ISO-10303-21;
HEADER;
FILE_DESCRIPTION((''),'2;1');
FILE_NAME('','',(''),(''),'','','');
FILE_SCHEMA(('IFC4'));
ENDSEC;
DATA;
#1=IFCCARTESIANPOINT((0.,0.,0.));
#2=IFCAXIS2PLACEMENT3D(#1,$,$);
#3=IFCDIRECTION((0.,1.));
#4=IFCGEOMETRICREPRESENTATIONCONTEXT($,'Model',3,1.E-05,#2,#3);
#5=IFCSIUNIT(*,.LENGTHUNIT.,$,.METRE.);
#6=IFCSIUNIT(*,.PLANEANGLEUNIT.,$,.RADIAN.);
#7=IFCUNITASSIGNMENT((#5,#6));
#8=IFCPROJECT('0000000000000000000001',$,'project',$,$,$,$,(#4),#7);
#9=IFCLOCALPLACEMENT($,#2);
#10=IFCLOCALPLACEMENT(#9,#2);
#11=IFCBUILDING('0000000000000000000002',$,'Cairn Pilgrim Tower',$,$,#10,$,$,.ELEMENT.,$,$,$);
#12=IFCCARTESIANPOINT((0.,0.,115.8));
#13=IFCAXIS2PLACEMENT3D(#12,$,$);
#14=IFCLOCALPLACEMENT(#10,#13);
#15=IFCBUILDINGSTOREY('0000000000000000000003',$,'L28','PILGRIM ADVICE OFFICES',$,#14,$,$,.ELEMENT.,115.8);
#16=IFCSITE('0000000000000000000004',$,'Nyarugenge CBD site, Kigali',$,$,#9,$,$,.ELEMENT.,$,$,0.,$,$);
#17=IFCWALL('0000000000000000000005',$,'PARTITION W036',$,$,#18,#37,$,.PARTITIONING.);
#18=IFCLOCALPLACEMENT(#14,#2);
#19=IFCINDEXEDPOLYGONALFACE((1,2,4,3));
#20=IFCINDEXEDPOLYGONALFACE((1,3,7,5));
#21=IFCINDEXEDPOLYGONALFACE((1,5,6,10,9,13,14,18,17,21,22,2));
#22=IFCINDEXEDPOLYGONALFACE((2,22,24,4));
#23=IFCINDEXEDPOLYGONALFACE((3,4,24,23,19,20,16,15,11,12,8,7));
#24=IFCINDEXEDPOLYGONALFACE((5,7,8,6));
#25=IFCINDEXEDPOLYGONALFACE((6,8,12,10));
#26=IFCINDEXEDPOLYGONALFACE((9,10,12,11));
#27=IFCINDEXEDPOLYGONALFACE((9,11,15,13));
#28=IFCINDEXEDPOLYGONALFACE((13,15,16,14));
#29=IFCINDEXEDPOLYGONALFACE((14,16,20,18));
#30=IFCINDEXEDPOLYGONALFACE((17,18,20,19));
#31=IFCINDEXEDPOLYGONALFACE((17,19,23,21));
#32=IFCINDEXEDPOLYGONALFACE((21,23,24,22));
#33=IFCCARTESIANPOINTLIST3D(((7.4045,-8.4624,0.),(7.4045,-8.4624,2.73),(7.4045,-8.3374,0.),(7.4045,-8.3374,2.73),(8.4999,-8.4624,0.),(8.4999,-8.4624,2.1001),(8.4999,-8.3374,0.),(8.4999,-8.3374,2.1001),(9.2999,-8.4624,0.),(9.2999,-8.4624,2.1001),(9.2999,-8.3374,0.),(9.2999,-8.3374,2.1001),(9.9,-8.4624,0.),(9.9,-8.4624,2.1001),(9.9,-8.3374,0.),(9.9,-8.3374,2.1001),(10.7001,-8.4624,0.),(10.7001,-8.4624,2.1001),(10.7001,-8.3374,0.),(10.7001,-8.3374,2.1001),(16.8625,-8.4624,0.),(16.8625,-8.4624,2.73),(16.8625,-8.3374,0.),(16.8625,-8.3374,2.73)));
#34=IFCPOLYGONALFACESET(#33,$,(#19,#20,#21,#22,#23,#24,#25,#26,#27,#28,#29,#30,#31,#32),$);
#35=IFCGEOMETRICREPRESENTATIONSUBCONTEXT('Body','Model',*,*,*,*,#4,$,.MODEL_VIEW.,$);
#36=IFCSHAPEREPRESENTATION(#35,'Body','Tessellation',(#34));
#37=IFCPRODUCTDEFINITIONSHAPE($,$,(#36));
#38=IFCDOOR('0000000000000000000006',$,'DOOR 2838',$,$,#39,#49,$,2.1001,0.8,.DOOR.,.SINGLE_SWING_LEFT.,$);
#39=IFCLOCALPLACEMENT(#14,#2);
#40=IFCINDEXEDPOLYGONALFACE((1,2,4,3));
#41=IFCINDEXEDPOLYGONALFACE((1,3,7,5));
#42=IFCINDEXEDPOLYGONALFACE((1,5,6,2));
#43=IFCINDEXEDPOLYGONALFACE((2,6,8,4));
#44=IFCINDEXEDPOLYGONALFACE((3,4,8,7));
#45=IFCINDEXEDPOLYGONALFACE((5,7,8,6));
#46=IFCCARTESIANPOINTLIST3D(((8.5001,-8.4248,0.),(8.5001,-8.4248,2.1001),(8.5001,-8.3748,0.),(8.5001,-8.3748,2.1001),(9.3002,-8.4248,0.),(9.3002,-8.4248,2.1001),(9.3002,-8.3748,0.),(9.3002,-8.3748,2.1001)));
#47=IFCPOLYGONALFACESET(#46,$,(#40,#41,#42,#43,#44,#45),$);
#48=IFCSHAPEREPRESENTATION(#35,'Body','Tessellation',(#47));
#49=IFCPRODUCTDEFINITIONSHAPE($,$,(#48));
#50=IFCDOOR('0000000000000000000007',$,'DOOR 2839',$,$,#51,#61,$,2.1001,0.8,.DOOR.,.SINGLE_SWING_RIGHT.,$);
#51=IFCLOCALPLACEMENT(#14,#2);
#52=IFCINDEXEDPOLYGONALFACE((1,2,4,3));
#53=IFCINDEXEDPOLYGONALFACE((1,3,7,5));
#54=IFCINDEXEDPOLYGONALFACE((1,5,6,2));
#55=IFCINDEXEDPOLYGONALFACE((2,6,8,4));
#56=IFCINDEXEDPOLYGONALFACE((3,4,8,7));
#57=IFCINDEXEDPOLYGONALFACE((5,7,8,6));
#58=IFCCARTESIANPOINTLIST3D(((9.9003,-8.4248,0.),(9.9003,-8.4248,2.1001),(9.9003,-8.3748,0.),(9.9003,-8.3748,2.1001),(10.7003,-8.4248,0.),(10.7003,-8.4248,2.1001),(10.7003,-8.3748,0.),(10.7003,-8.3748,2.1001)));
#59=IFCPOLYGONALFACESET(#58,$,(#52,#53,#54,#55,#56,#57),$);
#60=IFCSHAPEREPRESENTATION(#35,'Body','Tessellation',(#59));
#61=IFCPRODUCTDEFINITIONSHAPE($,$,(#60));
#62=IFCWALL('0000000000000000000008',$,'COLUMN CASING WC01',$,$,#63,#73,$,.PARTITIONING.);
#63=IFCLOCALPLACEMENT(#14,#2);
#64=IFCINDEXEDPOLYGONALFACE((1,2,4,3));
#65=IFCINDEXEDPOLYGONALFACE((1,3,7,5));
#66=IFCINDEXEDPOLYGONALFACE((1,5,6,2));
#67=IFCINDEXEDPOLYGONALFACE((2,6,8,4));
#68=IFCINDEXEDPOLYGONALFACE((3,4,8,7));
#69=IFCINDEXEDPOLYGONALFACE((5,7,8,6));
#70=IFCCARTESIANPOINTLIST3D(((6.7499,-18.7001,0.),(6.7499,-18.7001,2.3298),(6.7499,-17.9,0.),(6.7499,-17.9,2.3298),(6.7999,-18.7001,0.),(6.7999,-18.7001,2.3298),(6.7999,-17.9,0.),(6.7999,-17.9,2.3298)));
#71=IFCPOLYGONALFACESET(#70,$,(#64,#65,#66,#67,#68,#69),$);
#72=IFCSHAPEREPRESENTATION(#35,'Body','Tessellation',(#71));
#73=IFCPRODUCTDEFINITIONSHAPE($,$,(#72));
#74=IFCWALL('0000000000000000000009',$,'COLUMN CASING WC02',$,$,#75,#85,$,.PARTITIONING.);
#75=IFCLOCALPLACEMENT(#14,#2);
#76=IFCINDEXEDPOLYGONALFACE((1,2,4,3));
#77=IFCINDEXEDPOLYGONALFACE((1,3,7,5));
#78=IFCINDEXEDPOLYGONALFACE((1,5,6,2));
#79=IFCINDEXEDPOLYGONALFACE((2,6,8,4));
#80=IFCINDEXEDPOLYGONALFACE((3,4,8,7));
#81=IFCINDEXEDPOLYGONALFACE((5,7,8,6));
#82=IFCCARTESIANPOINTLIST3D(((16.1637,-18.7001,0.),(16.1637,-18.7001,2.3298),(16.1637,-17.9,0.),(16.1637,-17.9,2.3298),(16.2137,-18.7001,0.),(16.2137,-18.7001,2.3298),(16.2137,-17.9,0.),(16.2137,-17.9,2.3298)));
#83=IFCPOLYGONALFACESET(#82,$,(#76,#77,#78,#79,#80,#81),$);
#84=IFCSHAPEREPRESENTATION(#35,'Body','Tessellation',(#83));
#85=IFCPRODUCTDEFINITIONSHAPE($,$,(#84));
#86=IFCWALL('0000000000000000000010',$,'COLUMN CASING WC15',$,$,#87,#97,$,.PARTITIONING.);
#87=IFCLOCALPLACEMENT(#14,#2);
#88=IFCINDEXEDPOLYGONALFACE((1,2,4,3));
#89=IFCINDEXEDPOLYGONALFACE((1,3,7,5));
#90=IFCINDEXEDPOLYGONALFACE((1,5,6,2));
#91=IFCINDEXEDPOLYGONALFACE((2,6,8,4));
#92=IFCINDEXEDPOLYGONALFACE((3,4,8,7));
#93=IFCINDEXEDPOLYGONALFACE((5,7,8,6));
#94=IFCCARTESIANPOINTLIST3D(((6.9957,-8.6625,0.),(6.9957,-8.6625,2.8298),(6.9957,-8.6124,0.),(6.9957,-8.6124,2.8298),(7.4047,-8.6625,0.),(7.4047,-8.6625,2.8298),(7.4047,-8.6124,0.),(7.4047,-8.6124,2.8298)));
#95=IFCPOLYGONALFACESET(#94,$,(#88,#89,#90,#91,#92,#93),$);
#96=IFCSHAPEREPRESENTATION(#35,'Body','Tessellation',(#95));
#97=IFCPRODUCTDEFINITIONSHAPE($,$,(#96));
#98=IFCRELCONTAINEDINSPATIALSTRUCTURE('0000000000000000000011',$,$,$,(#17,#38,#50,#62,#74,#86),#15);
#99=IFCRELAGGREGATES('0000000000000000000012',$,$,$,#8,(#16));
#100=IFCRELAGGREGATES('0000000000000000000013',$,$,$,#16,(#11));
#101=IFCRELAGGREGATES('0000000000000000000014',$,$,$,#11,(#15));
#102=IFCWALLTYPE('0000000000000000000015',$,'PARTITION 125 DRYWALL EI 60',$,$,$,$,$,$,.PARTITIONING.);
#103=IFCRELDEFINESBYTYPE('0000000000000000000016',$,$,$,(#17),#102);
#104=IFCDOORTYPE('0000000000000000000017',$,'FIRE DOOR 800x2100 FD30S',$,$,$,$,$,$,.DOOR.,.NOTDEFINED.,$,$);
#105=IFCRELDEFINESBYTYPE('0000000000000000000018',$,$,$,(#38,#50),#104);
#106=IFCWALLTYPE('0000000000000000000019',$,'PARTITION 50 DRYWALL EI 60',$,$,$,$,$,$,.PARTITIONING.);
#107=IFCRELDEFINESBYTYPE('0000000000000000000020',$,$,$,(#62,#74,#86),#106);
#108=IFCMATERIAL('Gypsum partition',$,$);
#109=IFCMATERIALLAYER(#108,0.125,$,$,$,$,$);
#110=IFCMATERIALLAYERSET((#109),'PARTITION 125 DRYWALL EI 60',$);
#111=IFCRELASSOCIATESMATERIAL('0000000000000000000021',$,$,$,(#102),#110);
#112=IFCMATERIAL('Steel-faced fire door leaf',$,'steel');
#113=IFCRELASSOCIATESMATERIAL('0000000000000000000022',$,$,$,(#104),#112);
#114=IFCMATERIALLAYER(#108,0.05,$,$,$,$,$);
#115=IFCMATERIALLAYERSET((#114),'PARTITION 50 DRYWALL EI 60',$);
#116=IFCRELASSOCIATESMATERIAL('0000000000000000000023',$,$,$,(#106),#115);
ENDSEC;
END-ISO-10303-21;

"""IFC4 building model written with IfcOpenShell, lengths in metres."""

from ifc_helpers import new_model, si_unit, direction, frame, frame_2d, origin, place, context, subcontext, project, spatial, rectangle, extrude, material, layer, layer_set, type_object, element, fill, save


model = new_model("IFC4")

# Units and contexts
model_context = context("Model", 3, precision=1e-05, world=origin(), true_north=direction((0.0, 1.0)))
body_context = subcontext(model_context, "Body", "Model", "MODEL_VIEW")
ifc_project = project(units=[si_unit("LENGTHUNIT", "METRE"), si_unit("PLANEANGLEUNIT", "RADIAN")], contexts=[model_context])

# Site, building, storey
site_placement = place(None, origin())
site = spatial("IfcSite", under=ifc_project, at=site_placement, Name="Nyarugenge CBD site, Kigali", CompositionType="ELEMENT", RefElevation=0.0)
building_placement = place(site_placement, origin())
building = spatial("IfcBuilding", under=site, at=building_placement, Name="Cairn Pilgrim Tower", CompositionType="ELEMENT")
storey_placement = place(building_placement, frame((0.0, 0.0, 115.8)))
storey = spatial("IfcBuildingStorey", under=building, at=storey_placement, Name="L28", Description="PILGRIM ADVICE OFFICES", CompositionType="ELEMENT", Elevation=115.8)

# Shared definitions
ifc_material_1 = material(Name="Gypsum partition")
ifc_layer_1 = layer(ifc_material_1, 0.125)
ifc_layer_set_1 = layer_set([ifc_layer_1], Name="PARTITION 125 DRYWALL EI 60")
wall_type_1 = type_object("IfcWallType", Name="PARTITION 125 DRYWALL EI 60", PredefinedType="PARTITIONING", material=ifc_layer_set_1)

# Shared definitions
ifc_material_2 = material(Name="Steel-faced fire door leaf", Category="steel")
door_type_1 = type_object("IfcDoorType", Name="FIRE DOOR 800x2100 FD30S", OperationType="NOTDEFINED", PredefinedType="DOOR", material=ifc_material_2)

# Wall, openings, doors
wall_1_placement = place(storey_placement, frame((7.4045, -8.3999, 0.0), z_axis=(0.0, 0.0, 1.0), x_axis=(1.0, 0.0, 0.0)))
wall_1 = element("IfcWall", 1, at=wall_1_placement, inside=storey, type_object=wall_type_1, Name="PARTITION W036", PredefinedType="PARTITIONING", context=body_context, shape_type="SweptSolid", body=[
    extrude(rectangle(XDim=9.458, YDim=0.125, at=frame_2d((4.729, 0.0))), origin(), (0.0, 0.0, 1.0), 2.73),
])
opening_1_placement = place(wall_1_placement, frame((1.0955, 0.0, 0.0)))
opening_1 = element("IfcOpeningElement", 2, at=opening_1_placement, cuts=wall_1, PredefinedType="OPENING", context=body_context, shape_type="SweptSolid", body=[
    extrude(rectangle(XDim=0.8, YDim=2.1001, at=frame_2d((0.3999, 1.05))), frame((0.0, 0.0725, 0.0), z_axis=(0.0, -1.0, 0.0), x_axis=(1.0, 0.0, 0.0)), (0.0, 0.0, 1.0), 0.145),
])
opening_2_placement = place(wall_1_placement, frame((2.4956, 0.0, 0.0)))
opening_2 = element("IfcOpeningElement", 3, at=opening_2_placement, cuts=wall_1, PredefinedType="OPENING", context=body_context, shape_type="SweptSolid", body=[
    extrude(rectangle(XDim=0.8, YDim=2.1001, at=frame_2d((0.3999, 1.05))), frame((0.0, 0.0725, 0.0), z_axis=(0.0, -1.0, 0.0), x_axis=(1.0, 0.0, 0.0)), (0.0, 0.0, 1.0), 0.145),
])
door_1_placement = place(opening_1_placement, frame((0.8, 0.0, 0.0), z_axis=(0.0, 0.0, 1.0), x_axis=(-1.0, 0.0, 0.0)))
door_1 = element("IfcDoor", 4, at=door_1_placement, inside=storey, type_object=door_type_1, Name="DOOR 2838", OperationType="SINGLE_SWING_LEFT", OverallHeight=2.1001, OverallWidth=0.8, PredefinedType="DOOR", context=body_context, shape_type="SweptSolid", body=[
    extrude(rectangle(XDim=0.8, YDim=2.1001, at=frame_2d((0.3999, 1.05))), frame((0.0, 0.0249, 0.0), z_axis=(0.0, -1.0, 0.0), x_axis=(1.0, 0.0, 0.0)), (0.0, 0.0, 1.0), 0.05),
])
fill(opening_1, door_1)
door_2_placement = place(opening_2_placement, frame((0.8, 0.0, 0.0), z_axis=(0.0, 0.0, 1.0), x_axis=(-1.0, 0.0, 0.0)))
door_2 = element("IfcDoor", 5, at=door_2_placement, inside=storey, type_object=door_type_1, Name="DOOR 2839", OperationType="SINGLE_SWING_RIGHT", OverallHeight=2.1001, OverallWidth=0.8, PredefinedType="DOOR", context=body_context, shape_type="SweptSolid", body=[
    extrude(rectangle(XDim=0.8, YDim=2.1001, at=frame_2d((0.3999, 1.05))), frame((0.0, 0.0249, 0.0), z_axis=(0.0, -1.0, 0.0), x_axis=(1.0, 0.0, 0.0)), (0.0, 0.0, 1.0), 0.05),
])
fill(opening_2, door_2)

# Walls
ifc_layer_2 = layer(ifc_material_1, 0.05)
ifc_layer_set_2 = layer_set([ifc_layer_2], Name="PARTITION 50 DRYWALL EI 60")
wall_type_2 = type_object("IfcWallType", Name="PARTITION 50 DRYWALL EI 60", PredefinedType="PARTITIONING", material=ifc_layer_set_2)
for number, where, z_axis, x_axis, name in (
    (6, (6.7749, -18.7, 0.0), (0.0, 0.0, 1.0), (0.0, 1.0, 0.0), "COLUMN CASING WC01"),
    (7, (16.1887, -18.7, 0.0), (0.0, 0.0, 1.0), (0.0, 1.0, 0.0), "COLUMN CASING WC02"),
):
    element("IfcWall", number, at=place(storey_placement, frame(where, z_axis=z_axis, x_axis=x_axis)), inside=storey, type_object=wall_type_2, Name=name, PredefinedType="PARTITIONING", context=body_context, shape_type="SweptSolid", body=[
        extrude(rectangle(XDim=0.8, YDim=0.05, at=frame_2d((0.3999, 0.0))), origin(), (0.0, 0.0, 1.0), 2.3298),
    ])
wall_2_placement = place(storey_placement, frame((6.9956, -8.6375, 0.0), z_axis=(0.0, 0.0, 1.0), x_axis=(1.0, 0.0, 0.0)))
element("IfcWall", 8, at=wall_2_placement, inside=storey, type_object=wall_type_2, Name="COLUMN CASING WC15", PredefinedType="PARTITIONING", context=body_context, shape_type="SweptSolid", body=[
    extrude(rectangle(XDim=0.4089, YDim=0.05, at=frame_2d((0.2046, 0.0))), origin(), (0.0, 0.0, 1.0), 2.8298),
])

save(model, "model.ifc")
